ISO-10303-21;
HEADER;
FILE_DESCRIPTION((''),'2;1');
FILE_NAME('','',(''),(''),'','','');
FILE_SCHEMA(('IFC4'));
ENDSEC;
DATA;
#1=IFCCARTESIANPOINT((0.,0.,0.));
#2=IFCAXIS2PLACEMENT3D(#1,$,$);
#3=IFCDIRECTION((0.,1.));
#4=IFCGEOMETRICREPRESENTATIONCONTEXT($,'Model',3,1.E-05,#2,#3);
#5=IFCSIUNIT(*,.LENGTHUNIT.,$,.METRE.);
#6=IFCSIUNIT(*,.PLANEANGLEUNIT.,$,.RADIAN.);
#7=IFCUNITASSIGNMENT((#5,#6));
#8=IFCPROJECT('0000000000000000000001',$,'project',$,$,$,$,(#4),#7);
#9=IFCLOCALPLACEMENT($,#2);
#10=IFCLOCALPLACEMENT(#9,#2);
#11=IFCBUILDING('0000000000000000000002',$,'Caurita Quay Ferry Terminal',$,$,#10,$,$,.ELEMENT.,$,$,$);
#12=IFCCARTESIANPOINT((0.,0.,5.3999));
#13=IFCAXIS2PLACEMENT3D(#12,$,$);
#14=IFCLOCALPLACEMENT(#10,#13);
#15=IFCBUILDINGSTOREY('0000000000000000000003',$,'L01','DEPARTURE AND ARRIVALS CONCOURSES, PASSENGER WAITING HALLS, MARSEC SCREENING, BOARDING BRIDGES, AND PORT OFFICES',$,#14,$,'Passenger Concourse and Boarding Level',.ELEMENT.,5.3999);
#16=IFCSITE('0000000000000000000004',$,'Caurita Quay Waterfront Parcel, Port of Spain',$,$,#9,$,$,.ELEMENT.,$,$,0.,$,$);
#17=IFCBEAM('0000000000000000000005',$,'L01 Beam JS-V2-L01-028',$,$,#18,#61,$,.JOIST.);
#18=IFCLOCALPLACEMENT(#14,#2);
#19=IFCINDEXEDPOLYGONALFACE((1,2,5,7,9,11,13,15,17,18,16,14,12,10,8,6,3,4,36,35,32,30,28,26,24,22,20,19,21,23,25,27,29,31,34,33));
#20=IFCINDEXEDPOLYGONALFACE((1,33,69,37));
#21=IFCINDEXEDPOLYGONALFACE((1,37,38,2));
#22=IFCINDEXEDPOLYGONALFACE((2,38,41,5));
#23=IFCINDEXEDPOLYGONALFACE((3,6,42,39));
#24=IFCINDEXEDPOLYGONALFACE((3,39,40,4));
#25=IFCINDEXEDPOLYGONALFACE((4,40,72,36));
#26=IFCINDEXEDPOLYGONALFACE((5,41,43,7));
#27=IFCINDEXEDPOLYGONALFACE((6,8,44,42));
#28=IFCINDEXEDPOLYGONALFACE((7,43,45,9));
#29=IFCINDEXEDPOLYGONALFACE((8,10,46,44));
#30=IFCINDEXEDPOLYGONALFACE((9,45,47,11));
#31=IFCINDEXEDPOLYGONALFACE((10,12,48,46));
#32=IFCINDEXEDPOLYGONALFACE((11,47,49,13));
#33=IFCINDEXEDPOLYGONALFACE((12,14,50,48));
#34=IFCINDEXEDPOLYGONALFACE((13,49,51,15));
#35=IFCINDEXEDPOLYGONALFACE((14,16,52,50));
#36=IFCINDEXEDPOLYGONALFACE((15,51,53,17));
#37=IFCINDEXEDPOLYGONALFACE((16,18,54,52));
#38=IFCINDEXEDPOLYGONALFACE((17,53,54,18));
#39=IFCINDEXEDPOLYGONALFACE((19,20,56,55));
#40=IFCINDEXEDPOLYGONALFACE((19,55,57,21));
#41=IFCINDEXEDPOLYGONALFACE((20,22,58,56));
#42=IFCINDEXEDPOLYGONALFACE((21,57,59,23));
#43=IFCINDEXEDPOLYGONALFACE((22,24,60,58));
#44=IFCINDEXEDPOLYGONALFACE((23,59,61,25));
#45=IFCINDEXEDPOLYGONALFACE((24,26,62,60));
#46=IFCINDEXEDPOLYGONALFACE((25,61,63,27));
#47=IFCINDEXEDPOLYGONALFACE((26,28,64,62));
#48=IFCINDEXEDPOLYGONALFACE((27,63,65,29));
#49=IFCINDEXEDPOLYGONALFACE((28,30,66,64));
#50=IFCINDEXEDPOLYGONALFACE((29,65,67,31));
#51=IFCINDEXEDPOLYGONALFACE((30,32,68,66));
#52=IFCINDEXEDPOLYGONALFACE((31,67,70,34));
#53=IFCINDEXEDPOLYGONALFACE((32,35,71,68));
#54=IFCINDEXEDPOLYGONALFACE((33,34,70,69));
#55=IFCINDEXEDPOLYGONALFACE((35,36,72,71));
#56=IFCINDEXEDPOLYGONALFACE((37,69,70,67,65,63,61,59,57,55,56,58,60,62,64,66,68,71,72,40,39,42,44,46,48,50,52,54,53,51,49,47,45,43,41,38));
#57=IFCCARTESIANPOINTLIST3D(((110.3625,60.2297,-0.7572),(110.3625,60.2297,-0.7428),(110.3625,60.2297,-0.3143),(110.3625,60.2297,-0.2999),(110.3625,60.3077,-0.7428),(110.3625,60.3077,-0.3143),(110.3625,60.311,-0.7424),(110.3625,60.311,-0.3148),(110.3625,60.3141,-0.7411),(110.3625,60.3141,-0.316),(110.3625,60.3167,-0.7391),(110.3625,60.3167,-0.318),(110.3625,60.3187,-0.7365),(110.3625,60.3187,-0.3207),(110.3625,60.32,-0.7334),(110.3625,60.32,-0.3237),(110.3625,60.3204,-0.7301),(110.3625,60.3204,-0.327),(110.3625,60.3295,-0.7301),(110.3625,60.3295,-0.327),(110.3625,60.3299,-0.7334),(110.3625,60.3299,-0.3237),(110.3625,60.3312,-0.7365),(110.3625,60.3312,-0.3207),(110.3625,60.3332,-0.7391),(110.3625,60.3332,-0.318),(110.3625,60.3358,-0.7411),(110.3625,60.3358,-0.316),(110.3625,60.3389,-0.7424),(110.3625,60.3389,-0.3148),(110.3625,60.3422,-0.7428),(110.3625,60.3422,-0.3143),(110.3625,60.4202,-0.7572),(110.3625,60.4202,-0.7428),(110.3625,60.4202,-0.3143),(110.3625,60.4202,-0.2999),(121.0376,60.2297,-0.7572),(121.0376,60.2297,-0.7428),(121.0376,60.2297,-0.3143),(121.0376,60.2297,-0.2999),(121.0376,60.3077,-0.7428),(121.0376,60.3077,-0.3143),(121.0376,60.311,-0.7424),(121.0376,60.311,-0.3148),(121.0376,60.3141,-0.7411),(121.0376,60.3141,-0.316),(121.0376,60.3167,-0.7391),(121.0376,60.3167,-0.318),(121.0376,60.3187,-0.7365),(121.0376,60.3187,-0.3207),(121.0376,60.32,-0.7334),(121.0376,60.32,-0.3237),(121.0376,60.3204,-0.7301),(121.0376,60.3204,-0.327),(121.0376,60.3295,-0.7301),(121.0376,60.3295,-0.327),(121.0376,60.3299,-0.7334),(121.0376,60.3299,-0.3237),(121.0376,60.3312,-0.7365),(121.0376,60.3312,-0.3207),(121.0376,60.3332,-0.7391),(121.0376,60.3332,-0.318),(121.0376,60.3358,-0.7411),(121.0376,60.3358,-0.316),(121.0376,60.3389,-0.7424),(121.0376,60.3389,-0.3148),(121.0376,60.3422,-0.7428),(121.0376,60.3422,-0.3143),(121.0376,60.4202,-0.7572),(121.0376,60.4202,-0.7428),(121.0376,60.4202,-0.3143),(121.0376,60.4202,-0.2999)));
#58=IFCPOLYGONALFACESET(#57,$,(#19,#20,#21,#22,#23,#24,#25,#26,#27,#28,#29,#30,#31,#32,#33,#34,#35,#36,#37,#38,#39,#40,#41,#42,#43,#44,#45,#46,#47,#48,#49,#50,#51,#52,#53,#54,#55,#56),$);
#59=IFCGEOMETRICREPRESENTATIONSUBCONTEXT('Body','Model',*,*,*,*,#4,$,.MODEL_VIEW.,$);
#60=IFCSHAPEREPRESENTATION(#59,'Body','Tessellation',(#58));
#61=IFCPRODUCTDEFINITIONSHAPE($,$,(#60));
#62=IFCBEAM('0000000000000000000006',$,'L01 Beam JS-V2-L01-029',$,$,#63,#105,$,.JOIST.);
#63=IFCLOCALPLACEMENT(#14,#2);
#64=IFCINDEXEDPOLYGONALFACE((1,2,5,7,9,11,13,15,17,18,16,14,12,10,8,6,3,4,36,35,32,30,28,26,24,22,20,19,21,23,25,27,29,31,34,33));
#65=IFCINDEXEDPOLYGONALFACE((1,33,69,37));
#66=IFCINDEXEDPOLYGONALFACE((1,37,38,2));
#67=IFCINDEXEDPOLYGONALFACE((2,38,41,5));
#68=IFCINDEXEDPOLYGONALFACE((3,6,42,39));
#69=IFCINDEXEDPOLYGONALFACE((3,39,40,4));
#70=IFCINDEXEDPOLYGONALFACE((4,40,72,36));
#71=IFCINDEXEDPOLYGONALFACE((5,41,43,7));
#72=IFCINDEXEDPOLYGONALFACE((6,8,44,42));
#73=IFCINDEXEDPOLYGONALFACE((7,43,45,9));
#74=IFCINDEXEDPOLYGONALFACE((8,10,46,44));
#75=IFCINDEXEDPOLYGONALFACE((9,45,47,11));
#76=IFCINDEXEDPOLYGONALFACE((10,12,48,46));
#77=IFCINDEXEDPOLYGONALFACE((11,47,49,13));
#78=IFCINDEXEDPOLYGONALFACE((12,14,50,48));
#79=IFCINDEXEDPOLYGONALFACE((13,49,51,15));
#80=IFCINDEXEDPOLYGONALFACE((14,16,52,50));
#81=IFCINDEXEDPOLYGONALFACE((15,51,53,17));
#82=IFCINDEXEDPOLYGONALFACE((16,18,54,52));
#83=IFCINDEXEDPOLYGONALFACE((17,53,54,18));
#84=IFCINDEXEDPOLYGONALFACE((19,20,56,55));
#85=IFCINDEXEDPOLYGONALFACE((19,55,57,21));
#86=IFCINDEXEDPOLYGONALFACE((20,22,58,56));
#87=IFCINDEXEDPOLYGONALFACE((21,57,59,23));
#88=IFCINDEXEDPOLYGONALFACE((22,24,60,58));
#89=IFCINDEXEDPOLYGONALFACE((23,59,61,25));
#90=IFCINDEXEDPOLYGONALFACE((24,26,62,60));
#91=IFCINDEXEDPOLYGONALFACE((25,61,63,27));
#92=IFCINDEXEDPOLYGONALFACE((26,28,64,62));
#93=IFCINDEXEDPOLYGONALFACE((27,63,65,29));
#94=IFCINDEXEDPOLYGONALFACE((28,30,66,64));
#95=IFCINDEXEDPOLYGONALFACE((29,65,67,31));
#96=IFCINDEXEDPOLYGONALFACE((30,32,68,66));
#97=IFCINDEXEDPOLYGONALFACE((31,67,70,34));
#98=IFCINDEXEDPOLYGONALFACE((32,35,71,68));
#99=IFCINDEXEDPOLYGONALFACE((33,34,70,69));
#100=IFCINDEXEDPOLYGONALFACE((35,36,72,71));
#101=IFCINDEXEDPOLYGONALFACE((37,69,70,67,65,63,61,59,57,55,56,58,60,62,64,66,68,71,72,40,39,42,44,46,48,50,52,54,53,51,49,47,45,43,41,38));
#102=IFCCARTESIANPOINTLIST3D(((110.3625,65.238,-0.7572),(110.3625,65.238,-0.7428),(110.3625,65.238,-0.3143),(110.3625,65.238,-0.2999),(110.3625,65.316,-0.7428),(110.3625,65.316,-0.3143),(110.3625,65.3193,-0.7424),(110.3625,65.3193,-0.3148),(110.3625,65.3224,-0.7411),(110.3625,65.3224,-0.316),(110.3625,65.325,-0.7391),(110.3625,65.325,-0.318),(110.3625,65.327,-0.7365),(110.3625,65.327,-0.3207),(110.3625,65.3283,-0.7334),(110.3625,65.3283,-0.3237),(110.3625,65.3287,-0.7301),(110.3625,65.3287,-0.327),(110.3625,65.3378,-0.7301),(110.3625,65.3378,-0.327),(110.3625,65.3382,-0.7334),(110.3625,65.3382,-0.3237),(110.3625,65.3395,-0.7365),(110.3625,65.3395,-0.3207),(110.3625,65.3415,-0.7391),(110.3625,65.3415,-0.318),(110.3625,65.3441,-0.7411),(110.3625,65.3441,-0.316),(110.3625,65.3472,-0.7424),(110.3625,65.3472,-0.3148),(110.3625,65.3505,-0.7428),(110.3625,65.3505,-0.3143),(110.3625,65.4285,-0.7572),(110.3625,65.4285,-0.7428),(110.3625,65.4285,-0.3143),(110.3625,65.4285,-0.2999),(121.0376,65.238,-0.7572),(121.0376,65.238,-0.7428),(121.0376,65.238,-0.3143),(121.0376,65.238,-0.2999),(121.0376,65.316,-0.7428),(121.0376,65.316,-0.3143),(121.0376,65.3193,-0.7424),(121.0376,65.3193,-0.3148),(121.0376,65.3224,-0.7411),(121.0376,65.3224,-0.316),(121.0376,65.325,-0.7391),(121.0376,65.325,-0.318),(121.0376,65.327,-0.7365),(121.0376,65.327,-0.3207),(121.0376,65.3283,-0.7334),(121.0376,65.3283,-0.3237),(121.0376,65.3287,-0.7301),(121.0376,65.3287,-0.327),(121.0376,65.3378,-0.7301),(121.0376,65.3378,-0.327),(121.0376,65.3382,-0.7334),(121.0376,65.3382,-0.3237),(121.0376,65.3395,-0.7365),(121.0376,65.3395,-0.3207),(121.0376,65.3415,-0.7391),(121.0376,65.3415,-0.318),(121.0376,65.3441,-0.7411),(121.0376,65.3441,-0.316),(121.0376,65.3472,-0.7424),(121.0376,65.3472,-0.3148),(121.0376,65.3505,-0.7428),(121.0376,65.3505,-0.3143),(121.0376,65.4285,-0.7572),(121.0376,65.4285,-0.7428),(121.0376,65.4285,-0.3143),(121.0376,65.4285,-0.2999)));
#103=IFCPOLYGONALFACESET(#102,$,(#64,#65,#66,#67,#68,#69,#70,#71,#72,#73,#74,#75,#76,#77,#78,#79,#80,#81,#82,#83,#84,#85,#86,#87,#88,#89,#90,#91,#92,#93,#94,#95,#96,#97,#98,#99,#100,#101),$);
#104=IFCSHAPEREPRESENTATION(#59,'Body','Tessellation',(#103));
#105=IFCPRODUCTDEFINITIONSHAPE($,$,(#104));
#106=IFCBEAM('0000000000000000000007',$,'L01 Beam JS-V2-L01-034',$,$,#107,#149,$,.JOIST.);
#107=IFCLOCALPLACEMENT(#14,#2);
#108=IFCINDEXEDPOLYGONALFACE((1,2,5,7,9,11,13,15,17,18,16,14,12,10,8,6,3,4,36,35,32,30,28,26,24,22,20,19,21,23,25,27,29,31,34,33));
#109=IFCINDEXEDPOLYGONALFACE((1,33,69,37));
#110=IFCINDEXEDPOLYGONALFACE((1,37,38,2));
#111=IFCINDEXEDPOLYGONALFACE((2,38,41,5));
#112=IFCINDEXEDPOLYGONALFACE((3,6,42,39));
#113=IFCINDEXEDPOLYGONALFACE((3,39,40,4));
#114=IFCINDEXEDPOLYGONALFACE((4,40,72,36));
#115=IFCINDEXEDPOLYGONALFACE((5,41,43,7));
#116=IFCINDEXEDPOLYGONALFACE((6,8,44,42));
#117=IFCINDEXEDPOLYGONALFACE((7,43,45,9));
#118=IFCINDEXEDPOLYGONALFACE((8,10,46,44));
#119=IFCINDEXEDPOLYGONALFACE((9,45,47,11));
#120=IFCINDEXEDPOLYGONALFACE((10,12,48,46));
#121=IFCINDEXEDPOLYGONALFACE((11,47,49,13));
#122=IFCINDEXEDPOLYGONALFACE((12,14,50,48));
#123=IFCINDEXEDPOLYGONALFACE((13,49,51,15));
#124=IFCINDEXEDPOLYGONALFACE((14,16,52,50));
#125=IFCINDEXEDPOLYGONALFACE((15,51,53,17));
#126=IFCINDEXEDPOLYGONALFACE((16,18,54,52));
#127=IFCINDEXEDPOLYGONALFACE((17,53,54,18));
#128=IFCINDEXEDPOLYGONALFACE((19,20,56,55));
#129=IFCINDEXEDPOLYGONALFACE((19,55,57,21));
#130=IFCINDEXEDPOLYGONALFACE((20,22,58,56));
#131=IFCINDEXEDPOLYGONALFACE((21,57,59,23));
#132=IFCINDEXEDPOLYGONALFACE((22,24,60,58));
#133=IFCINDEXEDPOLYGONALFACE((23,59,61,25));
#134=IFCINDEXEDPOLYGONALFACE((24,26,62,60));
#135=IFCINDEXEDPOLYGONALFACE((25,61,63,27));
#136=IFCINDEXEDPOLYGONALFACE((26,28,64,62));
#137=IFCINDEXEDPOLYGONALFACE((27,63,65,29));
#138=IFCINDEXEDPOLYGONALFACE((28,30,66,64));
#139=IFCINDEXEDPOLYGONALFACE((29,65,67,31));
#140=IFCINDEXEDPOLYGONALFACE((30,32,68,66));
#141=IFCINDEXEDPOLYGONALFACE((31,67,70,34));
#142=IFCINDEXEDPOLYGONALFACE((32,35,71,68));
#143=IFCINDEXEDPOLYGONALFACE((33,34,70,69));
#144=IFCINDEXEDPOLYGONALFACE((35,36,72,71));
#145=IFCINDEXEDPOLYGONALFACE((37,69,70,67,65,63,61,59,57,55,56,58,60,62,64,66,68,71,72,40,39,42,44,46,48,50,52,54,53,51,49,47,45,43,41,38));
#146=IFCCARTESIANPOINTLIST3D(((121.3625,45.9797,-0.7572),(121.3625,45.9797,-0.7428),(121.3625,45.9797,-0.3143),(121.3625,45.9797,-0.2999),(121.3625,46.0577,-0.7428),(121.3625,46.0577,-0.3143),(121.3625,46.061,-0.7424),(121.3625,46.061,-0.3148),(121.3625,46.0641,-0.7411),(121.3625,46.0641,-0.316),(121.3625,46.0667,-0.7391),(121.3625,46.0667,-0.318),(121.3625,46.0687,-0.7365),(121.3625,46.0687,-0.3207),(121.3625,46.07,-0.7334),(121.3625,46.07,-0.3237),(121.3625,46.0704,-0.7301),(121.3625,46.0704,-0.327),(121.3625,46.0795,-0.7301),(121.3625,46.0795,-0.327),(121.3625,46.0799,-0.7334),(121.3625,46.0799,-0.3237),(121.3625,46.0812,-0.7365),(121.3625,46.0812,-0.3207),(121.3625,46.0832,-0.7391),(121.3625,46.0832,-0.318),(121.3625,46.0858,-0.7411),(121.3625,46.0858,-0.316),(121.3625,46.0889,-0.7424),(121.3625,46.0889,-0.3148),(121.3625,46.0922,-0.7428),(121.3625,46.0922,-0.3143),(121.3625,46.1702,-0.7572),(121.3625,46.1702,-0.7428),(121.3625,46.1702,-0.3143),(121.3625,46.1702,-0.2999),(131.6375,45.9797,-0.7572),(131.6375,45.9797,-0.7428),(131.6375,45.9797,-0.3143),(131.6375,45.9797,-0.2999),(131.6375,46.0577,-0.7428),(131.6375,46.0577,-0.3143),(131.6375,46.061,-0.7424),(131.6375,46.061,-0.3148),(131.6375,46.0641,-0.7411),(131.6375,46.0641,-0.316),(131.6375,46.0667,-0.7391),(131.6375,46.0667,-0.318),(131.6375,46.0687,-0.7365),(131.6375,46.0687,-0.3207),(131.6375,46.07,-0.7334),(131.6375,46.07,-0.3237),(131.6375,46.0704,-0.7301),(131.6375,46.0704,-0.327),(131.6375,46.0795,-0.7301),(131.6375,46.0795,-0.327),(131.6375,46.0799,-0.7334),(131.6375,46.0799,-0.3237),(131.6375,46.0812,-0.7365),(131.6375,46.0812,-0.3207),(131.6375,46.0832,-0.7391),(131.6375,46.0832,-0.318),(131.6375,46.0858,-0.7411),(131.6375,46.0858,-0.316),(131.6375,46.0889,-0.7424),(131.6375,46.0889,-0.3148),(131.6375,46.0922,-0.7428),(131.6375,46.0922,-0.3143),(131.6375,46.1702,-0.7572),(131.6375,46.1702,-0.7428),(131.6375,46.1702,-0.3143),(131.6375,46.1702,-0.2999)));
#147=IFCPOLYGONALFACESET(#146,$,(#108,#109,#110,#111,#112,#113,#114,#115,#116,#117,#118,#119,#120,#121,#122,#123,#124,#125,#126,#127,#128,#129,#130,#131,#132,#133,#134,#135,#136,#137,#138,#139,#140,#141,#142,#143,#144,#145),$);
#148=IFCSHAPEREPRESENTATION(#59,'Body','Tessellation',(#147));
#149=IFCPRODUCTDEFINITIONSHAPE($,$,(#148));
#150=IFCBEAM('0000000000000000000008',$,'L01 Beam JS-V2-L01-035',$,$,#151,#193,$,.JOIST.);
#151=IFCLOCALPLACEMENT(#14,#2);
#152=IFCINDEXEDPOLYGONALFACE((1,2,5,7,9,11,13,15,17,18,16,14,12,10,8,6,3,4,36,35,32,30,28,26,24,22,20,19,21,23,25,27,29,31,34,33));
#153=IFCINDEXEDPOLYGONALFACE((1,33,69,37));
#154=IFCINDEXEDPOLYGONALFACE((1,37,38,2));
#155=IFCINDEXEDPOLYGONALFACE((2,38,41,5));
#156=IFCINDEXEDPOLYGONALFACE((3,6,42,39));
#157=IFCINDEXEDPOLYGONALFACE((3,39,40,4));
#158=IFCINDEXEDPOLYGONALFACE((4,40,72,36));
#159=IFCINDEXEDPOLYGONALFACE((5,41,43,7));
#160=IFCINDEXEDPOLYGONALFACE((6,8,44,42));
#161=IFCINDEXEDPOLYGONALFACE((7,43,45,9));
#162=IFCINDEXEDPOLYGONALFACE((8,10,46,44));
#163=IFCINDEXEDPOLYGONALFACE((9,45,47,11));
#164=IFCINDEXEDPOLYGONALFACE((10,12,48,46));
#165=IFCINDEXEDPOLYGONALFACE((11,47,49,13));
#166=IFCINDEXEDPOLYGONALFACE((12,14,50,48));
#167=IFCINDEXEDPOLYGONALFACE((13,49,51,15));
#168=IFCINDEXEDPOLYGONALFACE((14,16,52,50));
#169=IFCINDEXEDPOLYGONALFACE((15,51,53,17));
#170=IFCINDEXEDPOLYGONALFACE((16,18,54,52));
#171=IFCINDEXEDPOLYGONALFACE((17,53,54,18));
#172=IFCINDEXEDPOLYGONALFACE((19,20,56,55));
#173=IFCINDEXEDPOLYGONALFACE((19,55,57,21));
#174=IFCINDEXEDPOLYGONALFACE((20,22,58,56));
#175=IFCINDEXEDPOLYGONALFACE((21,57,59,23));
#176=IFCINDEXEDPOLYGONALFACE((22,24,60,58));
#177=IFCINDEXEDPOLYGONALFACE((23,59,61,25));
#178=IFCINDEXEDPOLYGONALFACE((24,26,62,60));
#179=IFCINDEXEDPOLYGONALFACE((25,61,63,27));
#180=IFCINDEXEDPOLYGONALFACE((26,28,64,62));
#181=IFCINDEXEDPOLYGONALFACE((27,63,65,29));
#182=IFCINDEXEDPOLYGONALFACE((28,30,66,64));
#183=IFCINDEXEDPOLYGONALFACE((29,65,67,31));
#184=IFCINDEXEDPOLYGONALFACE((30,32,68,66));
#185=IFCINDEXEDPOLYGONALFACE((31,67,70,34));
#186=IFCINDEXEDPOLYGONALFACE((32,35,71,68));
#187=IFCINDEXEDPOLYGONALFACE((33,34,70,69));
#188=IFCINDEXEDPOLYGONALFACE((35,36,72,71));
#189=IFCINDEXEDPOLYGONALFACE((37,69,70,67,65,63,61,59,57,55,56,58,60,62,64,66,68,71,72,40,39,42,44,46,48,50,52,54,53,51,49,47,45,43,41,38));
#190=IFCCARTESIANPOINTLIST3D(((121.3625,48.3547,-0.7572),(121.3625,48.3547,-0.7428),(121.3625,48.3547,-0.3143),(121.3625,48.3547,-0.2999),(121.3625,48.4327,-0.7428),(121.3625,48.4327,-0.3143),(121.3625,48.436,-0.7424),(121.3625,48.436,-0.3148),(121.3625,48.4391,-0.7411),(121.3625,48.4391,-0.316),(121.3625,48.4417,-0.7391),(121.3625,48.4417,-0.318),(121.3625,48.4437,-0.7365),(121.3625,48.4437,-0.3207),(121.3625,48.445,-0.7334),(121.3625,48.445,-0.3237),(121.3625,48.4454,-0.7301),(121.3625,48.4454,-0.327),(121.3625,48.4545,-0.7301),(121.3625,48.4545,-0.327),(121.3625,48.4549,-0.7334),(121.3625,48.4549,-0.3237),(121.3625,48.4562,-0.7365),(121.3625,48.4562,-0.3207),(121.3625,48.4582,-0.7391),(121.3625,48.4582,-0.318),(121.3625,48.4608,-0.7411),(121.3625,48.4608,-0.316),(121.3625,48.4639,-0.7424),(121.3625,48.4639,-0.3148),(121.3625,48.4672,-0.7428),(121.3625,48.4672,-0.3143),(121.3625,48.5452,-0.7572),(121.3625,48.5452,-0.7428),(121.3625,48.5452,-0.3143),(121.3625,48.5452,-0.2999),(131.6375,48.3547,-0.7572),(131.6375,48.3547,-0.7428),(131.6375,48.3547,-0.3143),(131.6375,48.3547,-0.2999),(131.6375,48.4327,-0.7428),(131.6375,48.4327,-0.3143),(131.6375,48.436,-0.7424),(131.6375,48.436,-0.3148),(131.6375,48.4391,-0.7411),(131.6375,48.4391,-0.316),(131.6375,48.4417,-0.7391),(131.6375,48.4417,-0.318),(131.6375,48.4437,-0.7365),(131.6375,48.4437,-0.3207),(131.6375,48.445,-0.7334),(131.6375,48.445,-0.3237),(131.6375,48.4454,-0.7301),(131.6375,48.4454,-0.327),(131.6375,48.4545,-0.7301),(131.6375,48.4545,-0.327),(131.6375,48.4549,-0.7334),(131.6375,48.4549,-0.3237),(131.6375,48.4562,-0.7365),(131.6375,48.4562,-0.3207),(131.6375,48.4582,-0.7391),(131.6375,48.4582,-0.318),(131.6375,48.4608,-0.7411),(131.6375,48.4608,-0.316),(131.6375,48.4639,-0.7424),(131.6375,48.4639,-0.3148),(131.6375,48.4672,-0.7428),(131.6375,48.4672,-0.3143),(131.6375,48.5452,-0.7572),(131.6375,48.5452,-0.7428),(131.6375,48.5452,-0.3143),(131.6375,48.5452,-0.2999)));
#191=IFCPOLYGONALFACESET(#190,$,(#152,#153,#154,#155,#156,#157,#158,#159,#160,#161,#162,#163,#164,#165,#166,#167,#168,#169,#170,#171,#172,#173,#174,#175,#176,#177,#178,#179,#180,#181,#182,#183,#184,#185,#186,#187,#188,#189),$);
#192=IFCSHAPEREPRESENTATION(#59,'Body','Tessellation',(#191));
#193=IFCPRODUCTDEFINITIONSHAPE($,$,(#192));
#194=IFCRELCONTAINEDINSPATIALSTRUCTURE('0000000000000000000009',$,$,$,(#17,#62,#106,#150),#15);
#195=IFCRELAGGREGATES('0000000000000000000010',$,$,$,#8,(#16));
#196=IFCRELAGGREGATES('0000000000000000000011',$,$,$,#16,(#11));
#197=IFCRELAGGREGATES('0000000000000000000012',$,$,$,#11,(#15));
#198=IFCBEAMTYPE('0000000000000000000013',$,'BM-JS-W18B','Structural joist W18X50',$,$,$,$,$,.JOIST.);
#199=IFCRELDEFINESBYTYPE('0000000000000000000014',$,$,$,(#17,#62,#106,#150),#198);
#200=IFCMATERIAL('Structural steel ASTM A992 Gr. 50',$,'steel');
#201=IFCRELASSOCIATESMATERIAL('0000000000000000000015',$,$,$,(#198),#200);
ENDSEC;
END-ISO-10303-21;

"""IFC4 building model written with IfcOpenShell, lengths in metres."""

from ifc_helpers import new_model, si_unit, direction, frame, origin, origin_2d, place, context, subcontext, project, spatial, i_section, extrude, material, material_profile, profile_set, type_object, element, save


model = new_model("IFC4")

# Units and contexts
model_context = context("Model", 3, precision=1e-05, world=origin(), true_north=direction((0.0, 1.0)))
body_context = subcontext(model_context, "Body", "Model", "MODEL_VIEW")
ifc_project = project(units=[si_unit("LENGTHUNIT", "METRE"), si_unit("PLANEANGLEUNIT", "RADIAN")], contexts=[model_context])

# Site, building, storey
site_placement = place(None, origin())
site = spatial("IfcSite", under=ifc_project, at=site_placement, Name="Caurita Quay Waterfront Parcel, Port of Spain", CompositionType="ELEMENT", RefElevation=0.0)
building_placement = place(site_placement, origin())
building = spatial("IfcBuilding", under=site, at=building_placement, Name="Caurita Quay Ferry Terminal", CompositionType="ELEMENT")
storey_placement = place(building_placement, frame((0.0, 0.0, 5.3999)))
storey = spatial("IfcBuildingStorey", under=building, at=storey_placement, Name="L01", Description="DEPARTURE AND ARRIVALS CONCOURSES, PASSENGER WAITING HALLS, MARSEC SCREENING, BOARDING BRIDGES, AND PORT OFFICES", LongName="Passenger Concourse and Boarding Level", CompositionType="ELEMENT", Elevation=5.3999)

# Beams
ifc_material_1 = material(Name="Structural steel ASTM A992 Gr. 50", Category="steel")
ifc_material_profile_1 = material_profile(ifc_material_1, i_section(OverallWidth=0.1904, OverallDepth=0.4573, WebThickness=0.009, FlangeThickness=0.0144, FilletRadius=0.0127, at=origin_2d()), Name="W18X50")
ifc_profile_set_1 = profile_set([ifc_material_profile_1], Name="Structural steel ASTM A992 Gr. 50")
beam_type_1 = type_object("IfcBeamType", Name="BM-JS-W18B", Description="Structural joist W18X50", PredefinedType="JOIST", material=ifc_profile_set_1)
for number, where, z_axis, x_axis, name in (
    (1, (110.3625, 60.325, -0.5286), (1.0, 0.0, 0.0), (0.0, 1.0, 0.0), "L01 Beam JS-V2-L01-028"),
    (2, (110.3625, 65.3333, -0.5286), (1.0, 0.0, 0.0), (0.0, 1.0, 0.0), "L01 Beam JS-V2-L01-029"),
):
    element("IfcBeam", number, at=place(storey_placement, frame(where, z_axis=z_axis, x_axis=x_axis)), inside=storey, type_object=beam_type_1, Name=name, PredefinedType="JOIST", context=body_context, shape_type="SweptSolid", body=[
        extrude(i_section(OverallWidth=0.1904, OverallDepth=0.4573, WebThickness=0.009, FlangeThickness=0.0144, FilletRadius=0.0127, at=origin_2d()), origin(), (0.0, 0.0, 1.0), 10.675),
    ])
for number, where, z_axis, x_axis, name in (
    (3, (121.3625, 46.075, -0.5286), (1.0, 0.0, 0.0), (0.0, 1.0, 0.0), "L01 Beam JS-V2-L01-034"),
    (4, (121.3625, 48.45, -0.5286), (1.0, 0.0, 0.0), (0.0, 1.0, 0.0), "L01 Beam JS-V2-L01-035"),
):
    element("IfcBeam", number, at=place(storey_placement, frame(where, z_axis=z_axis, x_axis=x_axis)), inside=storey, type_object=beam_type_1, Name=name, PredefinedType="JOIST", context=body_context, shape_type="SweptSolid", body=[
        extrude(i_section(OverallWidth=0.1904, OverallDepth=0.4573, WebThickness=0.009, FlangeThickness=0.0144, FilletRadius=0.0127, at=origin_2d()), origin(), (0.0, 0.0, 1.0), 10.2749),
    ])

save(model, "model.ifc")
